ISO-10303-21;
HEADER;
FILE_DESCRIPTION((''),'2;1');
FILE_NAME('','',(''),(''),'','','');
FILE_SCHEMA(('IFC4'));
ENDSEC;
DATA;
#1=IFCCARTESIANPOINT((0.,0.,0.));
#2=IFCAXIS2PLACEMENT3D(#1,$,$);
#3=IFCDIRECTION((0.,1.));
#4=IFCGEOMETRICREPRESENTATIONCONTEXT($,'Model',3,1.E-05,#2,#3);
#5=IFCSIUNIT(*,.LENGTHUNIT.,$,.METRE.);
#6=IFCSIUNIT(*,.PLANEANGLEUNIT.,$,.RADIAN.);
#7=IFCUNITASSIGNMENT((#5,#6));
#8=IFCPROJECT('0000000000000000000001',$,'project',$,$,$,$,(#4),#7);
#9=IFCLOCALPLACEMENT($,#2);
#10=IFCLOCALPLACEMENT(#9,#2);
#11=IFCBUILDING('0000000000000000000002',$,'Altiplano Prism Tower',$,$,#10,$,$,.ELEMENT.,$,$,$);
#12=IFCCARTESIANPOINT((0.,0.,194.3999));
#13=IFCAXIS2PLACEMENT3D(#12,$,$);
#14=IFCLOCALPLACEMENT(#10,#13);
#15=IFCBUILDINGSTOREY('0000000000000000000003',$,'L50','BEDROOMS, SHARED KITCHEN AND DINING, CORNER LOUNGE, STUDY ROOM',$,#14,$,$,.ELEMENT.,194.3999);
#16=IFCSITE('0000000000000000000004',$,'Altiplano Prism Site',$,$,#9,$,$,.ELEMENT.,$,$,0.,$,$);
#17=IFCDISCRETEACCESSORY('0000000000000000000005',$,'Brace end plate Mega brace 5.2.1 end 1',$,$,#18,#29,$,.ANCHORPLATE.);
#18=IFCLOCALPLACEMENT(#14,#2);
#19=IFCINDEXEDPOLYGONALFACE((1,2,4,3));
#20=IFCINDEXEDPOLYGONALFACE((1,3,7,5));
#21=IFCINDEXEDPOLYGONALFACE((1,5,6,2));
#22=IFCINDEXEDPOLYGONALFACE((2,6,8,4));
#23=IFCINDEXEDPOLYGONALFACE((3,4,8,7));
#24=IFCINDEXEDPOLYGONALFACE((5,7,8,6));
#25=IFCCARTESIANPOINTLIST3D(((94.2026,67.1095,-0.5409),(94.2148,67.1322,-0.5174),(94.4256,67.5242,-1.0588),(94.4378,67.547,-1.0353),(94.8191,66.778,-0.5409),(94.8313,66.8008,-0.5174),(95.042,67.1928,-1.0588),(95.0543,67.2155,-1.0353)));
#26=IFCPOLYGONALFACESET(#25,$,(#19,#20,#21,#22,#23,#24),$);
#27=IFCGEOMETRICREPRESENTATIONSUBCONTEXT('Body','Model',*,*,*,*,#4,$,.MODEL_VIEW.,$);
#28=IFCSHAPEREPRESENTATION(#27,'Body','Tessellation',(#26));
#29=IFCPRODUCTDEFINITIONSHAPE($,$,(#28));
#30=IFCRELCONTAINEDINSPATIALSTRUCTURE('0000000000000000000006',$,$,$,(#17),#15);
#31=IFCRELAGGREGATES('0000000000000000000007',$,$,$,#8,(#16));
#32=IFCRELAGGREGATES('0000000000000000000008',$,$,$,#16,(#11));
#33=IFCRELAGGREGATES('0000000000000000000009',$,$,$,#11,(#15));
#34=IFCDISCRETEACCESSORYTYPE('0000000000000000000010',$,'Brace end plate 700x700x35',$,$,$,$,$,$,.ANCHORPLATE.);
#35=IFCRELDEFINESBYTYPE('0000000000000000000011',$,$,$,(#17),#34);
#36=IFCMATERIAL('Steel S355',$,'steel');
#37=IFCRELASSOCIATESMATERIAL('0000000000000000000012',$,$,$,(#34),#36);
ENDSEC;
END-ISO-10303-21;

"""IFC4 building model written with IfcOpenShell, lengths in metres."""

from ifc_helpers import new_model, si_unit, direction, frame, origin, origin_2d, place, context, subcontext, project, spatial, rectangle, extrude, material, material_profile, profile_set, type_object, element, save


model = new_model("IFC4")

# Units and contexts
model_context = context("Model", 3, precision=1e-05, world=origin(), true_north=direction((0.0, 1.0)))
body_context = subcontext(model_context, "Body", "Model", "MODEL_VIEW")
ifc_project = project(units=[si_unit("LENGTHUNIT", "METRE"), si_unit("PLANEANGLEUNIT", "RADIAN")], contexts=[model_context])

# Site, building, storey
site_placement = place(None, origin())
site = spatial("IfcSite", under=ifc_project, at=site_placement, Name="Altiplano Prism Site", CompositionType="ELEMENT", RefElevation=0.0)
building_placement = place(site_placement, origin())
building = spatial("IfcBuilding", under=site, at=building_placement, Name="Altiplano Prism Tower", CompositionType="ELEMENT")
storey_placement = place(building_placement, frame((0.0, 0.0, 194.3999)))
storey = spatial("IfcBuildingStorey", under=building, at=storey_placement, Name="L50", Description="BEDROOMS, SHARED KITCHEN AND DINING, CORNER LOUNGE, STUDY ROOM", CompositionType="ELEMENT", Elevation=194.3999)

# Shared definitions
ifc_material_1 = material(Name="Steel S355", Category="steel")

# Discrete accessory
ifc_material_profile_1 = material_profile(ifc_material_1, rectangle(XDim=0.7, YDim=0.7, at=origin_2d()), Name="Brace end plate 700x700x35")
ifc_profile_set_1 = profile_set([ifc_material_profile_1], Name="Steel S355")
discrete_accessory_type = type_object("IfcDiscreteAccessoryType", Name="Brace end plate 700x700x35", PredefinedType="ANCHORPLATE", material=ifc_profile_set_1)
discrete_accessory_placement = place(storey_placement, frame((94.6223, 67.1511, -0.7998), z_axis=(0.350371, 0.65169, 0.672712), x_axis=(-0.880775, 0.473535, 0.0)))
element("IfcDiscreteAccessory", 1, at=discrete_accessory_placement, inside=storey, type_object=discrete_accessory_type, Name="Brace end plate Mega brace 5.2.1 end 1", PredefinedType="ANCHORPLATE", context=body_context, shape_type="SweptSolid", body=[
    extrude(rectangle(XDim=0.7, YDim=0.7, at=origin_2d()), origin(), (0.0, 0.0, 1.0), 0.0349),
])

save(model, "model.ifc")
